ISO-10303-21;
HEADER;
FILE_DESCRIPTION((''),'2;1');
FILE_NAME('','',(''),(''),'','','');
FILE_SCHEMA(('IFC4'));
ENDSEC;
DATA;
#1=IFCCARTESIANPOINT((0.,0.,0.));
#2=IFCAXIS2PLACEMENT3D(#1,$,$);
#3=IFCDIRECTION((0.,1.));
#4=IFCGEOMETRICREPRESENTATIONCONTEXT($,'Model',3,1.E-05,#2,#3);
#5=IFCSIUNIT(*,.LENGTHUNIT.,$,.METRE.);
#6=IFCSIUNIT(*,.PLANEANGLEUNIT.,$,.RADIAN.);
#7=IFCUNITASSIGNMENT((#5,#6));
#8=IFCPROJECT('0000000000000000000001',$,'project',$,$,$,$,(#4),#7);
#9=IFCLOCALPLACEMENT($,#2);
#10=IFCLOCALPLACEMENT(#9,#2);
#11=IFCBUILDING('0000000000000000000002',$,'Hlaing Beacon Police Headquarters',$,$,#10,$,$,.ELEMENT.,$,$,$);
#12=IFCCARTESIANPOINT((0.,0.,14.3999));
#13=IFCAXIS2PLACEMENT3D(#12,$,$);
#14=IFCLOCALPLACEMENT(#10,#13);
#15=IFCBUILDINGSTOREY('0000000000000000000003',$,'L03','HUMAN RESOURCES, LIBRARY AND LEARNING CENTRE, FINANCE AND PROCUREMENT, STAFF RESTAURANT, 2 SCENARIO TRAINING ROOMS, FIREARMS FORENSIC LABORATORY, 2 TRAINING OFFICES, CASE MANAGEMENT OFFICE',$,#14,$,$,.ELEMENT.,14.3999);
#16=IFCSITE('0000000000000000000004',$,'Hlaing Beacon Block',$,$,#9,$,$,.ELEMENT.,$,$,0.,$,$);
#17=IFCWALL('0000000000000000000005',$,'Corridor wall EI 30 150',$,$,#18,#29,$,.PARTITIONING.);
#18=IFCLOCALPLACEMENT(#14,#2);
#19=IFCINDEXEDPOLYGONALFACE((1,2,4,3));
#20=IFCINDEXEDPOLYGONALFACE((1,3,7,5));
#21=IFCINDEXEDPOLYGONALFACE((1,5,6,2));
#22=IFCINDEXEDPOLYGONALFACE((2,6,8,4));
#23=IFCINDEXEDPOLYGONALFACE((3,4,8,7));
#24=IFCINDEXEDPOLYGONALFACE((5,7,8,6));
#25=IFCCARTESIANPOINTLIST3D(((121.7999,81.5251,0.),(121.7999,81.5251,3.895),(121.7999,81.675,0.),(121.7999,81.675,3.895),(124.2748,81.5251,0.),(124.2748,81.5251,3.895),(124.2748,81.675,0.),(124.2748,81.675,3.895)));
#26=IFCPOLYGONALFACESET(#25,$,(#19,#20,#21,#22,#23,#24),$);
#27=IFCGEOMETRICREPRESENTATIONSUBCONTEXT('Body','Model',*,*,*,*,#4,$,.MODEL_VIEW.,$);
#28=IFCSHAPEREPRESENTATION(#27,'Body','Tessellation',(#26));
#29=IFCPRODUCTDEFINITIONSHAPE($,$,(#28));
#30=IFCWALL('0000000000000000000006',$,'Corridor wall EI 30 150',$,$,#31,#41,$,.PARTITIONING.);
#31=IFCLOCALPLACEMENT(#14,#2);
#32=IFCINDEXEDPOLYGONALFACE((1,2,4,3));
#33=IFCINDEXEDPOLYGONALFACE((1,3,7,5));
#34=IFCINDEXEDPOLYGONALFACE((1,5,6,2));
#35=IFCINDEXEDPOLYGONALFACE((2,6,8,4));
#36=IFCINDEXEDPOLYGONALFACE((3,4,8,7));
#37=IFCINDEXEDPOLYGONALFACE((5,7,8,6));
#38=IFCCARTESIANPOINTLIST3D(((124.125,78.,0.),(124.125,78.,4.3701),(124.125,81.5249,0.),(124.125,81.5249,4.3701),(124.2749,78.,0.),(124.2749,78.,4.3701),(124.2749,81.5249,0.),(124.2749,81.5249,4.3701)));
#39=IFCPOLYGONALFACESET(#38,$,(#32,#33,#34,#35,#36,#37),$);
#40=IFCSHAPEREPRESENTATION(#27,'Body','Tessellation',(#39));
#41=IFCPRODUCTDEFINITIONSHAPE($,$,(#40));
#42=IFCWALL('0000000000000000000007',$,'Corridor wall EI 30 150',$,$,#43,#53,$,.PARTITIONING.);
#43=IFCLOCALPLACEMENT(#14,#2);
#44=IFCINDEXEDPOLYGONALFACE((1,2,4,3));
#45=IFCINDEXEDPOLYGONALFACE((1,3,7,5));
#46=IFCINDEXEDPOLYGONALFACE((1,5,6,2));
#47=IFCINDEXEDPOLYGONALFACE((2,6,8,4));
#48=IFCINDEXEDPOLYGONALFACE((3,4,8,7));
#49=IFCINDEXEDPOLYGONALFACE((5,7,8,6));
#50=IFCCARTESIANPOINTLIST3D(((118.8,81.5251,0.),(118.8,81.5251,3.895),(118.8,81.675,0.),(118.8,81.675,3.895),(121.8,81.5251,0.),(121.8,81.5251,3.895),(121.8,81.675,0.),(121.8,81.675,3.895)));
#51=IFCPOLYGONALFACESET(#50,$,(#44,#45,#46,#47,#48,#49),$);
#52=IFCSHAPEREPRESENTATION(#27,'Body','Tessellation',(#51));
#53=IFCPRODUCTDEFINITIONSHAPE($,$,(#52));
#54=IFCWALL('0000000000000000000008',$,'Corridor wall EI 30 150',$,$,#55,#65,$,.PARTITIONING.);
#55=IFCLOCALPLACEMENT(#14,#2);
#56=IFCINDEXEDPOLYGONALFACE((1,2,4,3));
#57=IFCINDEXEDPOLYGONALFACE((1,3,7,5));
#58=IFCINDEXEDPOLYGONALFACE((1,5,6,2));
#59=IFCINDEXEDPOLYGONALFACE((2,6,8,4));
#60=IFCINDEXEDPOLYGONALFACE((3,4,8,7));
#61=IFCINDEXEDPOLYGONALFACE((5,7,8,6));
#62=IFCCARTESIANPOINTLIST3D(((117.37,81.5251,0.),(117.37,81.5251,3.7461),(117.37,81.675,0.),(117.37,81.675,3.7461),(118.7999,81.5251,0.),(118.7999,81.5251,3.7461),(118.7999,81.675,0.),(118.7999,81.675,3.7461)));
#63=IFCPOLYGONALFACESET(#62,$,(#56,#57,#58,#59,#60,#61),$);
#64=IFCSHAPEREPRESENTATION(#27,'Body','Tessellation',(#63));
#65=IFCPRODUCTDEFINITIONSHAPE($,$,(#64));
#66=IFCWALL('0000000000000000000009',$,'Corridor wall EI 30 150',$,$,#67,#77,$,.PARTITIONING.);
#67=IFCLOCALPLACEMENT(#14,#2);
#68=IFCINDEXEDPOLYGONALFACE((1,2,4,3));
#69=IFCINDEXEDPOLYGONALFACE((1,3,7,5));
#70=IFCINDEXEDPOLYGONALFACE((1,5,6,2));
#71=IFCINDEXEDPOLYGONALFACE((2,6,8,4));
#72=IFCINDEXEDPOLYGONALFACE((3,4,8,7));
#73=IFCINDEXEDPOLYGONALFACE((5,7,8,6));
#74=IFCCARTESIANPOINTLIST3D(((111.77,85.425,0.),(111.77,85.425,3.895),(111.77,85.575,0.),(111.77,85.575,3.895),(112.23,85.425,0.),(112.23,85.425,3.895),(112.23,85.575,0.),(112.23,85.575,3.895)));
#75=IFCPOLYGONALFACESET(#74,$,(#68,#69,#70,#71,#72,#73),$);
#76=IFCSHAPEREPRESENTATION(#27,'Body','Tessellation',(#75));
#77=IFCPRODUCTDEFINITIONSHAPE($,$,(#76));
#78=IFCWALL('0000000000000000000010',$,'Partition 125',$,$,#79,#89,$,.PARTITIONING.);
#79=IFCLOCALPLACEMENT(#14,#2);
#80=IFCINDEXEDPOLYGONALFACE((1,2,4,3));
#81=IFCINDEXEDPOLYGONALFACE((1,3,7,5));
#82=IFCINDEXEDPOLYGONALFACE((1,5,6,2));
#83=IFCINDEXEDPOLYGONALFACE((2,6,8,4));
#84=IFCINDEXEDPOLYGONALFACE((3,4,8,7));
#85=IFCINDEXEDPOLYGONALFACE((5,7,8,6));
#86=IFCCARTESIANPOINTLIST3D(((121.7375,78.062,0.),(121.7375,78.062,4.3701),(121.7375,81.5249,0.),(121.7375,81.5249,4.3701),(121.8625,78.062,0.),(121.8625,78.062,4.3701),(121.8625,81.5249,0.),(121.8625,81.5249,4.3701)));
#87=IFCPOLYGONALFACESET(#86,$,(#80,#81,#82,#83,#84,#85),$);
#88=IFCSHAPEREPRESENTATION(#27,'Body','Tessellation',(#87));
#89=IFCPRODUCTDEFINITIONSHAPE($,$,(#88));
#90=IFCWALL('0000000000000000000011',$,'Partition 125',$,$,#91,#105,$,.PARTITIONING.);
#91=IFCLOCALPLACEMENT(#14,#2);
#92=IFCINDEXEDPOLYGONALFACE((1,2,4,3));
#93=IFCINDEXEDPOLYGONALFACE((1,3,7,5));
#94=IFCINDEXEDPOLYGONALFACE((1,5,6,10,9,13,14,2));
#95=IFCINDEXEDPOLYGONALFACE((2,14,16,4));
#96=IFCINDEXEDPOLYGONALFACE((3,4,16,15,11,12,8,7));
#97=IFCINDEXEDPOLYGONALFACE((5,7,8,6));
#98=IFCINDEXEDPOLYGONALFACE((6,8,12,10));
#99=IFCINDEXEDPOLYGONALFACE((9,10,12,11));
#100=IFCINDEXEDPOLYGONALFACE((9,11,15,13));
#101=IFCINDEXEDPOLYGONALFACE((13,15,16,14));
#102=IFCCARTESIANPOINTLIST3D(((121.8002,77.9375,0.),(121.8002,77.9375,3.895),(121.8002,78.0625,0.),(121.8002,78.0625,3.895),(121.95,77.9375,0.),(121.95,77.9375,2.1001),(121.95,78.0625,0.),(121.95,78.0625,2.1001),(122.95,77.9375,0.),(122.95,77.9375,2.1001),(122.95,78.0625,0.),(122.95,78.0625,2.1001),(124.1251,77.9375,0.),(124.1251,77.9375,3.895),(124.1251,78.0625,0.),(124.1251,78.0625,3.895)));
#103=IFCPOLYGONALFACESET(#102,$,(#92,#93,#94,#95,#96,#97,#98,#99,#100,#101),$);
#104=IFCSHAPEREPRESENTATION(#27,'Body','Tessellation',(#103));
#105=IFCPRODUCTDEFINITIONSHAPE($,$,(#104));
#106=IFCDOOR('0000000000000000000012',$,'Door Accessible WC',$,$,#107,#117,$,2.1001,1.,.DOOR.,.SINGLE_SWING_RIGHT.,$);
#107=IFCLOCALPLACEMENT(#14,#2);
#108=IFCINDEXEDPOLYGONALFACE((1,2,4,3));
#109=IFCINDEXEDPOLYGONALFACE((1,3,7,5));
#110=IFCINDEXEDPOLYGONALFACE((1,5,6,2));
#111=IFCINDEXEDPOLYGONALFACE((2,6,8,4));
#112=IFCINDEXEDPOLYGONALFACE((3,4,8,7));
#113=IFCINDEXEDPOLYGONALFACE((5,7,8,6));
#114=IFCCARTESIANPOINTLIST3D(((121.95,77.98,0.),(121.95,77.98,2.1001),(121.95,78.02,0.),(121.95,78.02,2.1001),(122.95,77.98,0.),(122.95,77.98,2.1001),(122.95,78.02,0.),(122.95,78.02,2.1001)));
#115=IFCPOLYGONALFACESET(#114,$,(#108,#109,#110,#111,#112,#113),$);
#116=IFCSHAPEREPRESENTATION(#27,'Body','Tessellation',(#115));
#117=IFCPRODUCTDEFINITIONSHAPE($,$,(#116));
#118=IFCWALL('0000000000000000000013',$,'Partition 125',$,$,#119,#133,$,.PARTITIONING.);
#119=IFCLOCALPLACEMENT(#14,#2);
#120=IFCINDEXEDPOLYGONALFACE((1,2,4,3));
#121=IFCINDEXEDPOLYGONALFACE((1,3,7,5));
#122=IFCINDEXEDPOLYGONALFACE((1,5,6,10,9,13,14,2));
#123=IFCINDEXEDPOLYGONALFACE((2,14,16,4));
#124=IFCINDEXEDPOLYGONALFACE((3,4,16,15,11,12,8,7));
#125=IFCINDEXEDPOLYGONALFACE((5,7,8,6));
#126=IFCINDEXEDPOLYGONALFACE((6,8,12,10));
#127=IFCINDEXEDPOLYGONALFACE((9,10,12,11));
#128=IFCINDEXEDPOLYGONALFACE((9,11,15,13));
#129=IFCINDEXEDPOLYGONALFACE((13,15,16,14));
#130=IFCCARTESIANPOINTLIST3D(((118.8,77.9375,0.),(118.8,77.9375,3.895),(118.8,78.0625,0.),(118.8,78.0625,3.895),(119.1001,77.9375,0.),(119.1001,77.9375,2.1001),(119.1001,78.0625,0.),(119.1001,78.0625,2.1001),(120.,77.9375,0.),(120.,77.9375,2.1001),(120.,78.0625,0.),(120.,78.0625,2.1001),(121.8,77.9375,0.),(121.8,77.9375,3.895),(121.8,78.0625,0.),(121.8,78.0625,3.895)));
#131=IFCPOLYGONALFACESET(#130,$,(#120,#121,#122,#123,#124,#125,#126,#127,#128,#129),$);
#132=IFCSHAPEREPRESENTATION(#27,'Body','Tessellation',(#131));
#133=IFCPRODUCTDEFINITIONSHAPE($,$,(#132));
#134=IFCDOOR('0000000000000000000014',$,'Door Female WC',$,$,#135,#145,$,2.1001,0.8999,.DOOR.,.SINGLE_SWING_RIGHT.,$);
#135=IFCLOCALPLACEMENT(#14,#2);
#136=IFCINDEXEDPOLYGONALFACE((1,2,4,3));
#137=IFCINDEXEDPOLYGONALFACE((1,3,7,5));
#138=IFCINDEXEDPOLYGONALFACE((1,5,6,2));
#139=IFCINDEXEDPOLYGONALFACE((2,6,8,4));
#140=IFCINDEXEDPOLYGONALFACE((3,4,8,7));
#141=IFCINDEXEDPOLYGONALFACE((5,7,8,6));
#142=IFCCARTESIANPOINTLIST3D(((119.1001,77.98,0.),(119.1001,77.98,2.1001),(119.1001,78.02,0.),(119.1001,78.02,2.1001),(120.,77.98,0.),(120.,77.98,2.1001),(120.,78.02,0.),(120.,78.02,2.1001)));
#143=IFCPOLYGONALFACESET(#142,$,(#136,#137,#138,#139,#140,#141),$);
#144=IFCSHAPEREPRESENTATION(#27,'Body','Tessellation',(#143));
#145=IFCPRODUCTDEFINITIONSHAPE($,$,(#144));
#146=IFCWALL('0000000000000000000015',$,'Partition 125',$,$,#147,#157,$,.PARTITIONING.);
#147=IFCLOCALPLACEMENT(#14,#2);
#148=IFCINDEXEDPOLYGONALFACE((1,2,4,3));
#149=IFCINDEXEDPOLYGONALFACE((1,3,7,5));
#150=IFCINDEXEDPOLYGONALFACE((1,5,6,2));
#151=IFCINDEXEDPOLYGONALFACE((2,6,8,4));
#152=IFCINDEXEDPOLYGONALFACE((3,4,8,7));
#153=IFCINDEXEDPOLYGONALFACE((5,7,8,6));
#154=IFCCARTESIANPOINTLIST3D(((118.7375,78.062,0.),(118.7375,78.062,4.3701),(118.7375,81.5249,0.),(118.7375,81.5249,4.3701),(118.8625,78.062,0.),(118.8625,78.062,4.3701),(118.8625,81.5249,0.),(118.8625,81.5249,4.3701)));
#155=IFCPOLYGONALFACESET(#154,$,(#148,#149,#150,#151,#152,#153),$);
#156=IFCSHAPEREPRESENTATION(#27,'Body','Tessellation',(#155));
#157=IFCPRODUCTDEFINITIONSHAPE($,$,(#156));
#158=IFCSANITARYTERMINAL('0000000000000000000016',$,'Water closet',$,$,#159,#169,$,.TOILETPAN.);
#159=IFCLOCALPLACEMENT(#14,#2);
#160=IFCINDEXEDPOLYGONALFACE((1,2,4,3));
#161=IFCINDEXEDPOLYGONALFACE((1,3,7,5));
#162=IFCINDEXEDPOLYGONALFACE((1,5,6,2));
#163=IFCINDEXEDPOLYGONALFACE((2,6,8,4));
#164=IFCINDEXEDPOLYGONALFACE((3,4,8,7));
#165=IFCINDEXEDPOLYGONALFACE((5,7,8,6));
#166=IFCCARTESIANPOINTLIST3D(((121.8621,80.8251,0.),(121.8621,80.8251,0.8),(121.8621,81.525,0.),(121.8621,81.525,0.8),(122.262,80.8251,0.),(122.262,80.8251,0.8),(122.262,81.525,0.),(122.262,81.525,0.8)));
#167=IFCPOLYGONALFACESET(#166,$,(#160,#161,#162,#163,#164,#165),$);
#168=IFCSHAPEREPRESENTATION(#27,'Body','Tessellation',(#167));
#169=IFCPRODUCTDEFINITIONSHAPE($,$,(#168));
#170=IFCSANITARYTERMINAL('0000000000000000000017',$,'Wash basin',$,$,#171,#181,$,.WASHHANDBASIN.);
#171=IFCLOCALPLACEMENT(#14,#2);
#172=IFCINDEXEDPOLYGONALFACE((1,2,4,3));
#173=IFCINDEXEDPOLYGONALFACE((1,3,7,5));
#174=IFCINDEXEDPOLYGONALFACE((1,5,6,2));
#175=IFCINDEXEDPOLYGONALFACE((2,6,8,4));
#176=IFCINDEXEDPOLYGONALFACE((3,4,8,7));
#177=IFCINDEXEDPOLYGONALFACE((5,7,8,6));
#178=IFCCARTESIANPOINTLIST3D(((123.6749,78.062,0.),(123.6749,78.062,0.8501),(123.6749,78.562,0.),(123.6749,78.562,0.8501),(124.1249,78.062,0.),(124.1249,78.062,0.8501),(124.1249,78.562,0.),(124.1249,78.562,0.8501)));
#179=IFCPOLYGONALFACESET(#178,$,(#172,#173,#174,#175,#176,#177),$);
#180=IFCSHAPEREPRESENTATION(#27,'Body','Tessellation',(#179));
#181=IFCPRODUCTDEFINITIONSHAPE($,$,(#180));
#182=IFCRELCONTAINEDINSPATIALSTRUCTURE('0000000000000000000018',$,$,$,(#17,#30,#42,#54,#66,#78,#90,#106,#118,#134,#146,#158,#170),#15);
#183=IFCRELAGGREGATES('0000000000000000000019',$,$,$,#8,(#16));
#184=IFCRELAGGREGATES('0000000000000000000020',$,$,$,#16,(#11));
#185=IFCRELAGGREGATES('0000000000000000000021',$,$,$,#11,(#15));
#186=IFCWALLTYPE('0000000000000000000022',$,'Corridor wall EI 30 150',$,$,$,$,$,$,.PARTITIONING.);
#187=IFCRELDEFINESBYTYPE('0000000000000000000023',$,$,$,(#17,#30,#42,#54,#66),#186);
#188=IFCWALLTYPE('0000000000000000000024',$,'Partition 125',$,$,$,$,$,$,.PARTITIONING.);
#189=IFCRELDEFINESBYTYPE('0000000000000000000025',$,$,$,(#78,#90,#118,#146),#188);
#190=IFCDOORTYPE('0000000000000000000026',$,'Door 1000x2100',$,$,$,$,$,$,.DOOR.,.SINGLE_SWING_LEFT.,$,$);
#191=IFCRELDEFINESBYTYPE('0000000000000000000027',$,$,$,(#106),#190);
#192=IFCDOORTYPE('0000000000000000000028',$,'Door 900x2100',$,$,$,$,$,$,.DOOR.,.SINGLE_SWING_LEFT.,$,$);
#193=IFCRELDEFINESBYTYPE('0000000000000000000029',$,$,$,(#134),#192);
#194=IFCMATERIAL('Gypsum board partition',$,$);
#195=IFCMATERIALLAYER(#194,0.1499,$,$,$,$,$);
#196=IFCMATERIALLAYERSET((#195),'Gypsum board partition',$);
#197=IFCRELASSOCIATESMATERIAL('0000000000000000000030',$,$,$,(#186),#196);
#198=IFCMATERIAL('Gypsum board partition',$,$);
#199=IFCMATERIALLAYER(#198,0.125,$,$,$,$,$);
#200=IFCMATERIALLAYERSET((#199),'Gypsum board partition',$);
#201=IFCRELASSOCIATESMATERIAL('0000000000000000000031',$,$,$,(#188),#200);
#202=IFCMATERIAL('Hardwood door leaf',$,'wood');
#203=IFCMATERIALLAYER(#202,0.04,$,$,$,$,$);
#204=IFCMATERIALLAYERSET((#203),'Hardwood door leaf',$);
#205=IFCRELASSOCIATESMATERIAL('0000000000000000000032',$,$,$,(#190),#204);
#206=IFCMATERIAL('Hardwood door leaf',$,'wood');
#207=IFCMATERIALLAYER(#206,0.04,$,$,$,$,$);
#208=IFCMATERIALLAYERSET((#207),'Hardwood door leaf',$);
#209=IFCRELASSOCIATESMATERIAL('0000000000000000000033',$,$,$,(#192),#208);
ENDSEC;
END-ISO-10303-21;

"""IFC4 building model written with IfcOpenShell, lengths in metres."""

from ifc_helpers import new_model, si_unit, direction, frame, frame_2d, origin, origin_2d, place, context, subcontext, project, spatial, rectangle, extrude, material, layer, layer_set, type_object, element, fill, save


model = new_model("IFC4")

# Units and contexts
model_context = context("Model", 3, precision=1e-05, world=origin(), true_north=direction((0.0, 1.0)))
body_context = subcontext(model_context, "Body", "Model", "MODEL_VIEW")
ifc_project = project(units=[si_unit("LENGTHUNIT", "METRE"), si_unit("PLANEANGLEUNIT", "RADIAN")], contexts=[model_context])

# Site, building, storey
site_placement = place(None, origin())
site = spatial("IfcSite", under=ifc_project, at=site_placement, Name="Hlaing Beacon Block", CompositionType="ELEMENT", RefElevation=0.0)
building_placement = place(site_placement, origin())
building = spatial("IfcBuilding", under=site, at=building_placement, Name="Hlaing Beacon Police Headquarters", CompositionType="ELEMENT")
storey_placement = place(building_placement, frame((0.0, 0.0, 14.3999)))
storey = spatial("IfcBuildingStorey", under=building, at=storey_placement, Name="L03", Description="HUMAN RESOURCES, LIBRARY AND LEARNING CENTRE, FINANCE AND PROCUREMENT, STAFF RESTAURANT, 2 SCENARIO TRAINING ROOMS, FIREARMS FORENSIC LABORATORY, 2 TRAINING OFFICES, CASE MANAGEMENT OFFICE", CompositionType="ELEMENT", Elevation=14.3999)

# Walls
ifc_material_1 = material(Name="Gypsum board partition")
ifc_layer_1 = layer(ifc_material_1, 0.1499)
ifc_layer_set_1 = layer_set([ifc_layer_1], Name="Gypsum board partition")
wall_type_1 = type_object("IfcWallType", Name="Corridor wall EI 30 150", PredefinedType="PARTITIONING", material=ifc_layer_set_1)
wall_1_placement = place(storey_placement, frame((121.8, 81.6001, 0.0), z_axis=(0.0, 0.0, 1.0), x_axis=(1.0, 0.0, 0.0)))
element("IfcWall", 1, at=wall_1_placement, inside=storey, type_object=wall_type_1, Name="Corridor wall EI 30 150", PredefinedType="PARTITIONING", context=body_context, shape_type="SweptSolid", body=[
    extrude(rectangle(XDim=2.4749, YDim=0.1499, at=frame_2d((1.2373, 0.0))), origin(), (0.0, 0.0, 1.0), 3.895),
])
wall_2_placement = place(storey_placement, frame((124.2, 78.0, 0.0), z_axis=(0.0, 0.0, 1.0), x_axis=(0.0, 1.0, 0.0)))
element("IfcWall", 2, at=wall_2_placement, inside=storey, type_object=wall_type_1, Name="Corridor wall EI 30 150", PredefinedType="PARTITIONING", context=body_context, shape_type="SweptSolid", body=[
    extrude(rectangle(XDim=3.5249, YDim=0.1499, at=frame_2d((1.7625, 0.0))), origin(), (0.0, 0.0, 1.0), 4.3701),
])
wall_3_placement = place(storey_placement, frame((118.8, 81.6001, 0.0), z_axis=(0.0, 0.0, 1.0), x_axis=(1.0, 0.0, 0.0)))
element("IfcWall", 3, at=wall_3_placement, inside=storey, type_object=wall_type_1, Name="Corridor wall EI 30 150", PredefinedType="PARTITIONING", context=body_context, shape_type="SweptSolid", body=[
    extrude(rectangle(XDim=3.0, YDim=0.1499, at=frame_2d((1.5, 0.0))), origin(), (0.0, 0.0, 1.0), 3.895),
])
wall_4_placement = place(storey_placement, frame((117.3701, 81.6001, 0.0), z_axis=(0.0, 0.0, 1.0), x_axis=(1.0, 0.0, 0.0)))
element("IfcWall", 4, at=wall_4_placement, inside=storey, type_object=wall_type_1, Name="Corridor wall EI 30 150", PredefinedType="PARTITIONING", context=body_context, shape_type="SweptSolid", body=[
    extrude(rectangle(XDim=1.4299, YDim=0.1499, at=frame_2d((0.7148, 0.0))), origin(), (0.0, 0.0, 1.0), 3.7461),
])
wall_5_placement = place(storey_placement, frame((111.77, 85.5, 0.0), z_axis=(0.0, 0.0, 1.0), x_axis=(1.0, 0.0, 0.0)))
element("IfcWall", 5, at=wall_5_placement, inside=storey, type_object=wall_type_1, Name="Corridor wall EI 30 150", PredefinedType="PARTITIONING", context=body_context, shape_type="SweptSolid", body=[
    extrude(rectangle(XDim=0.46, YDim=0.1499, at=frame_2d((0.23, 0.0))), origin(), (0.0, 0.0, 1.0), 3.895),
])
ifc_material_2 = material(Name="Gypsum board partition")
ifc_layer_2 = layer(ifc_material_2, 0.125)
ifc_layer_set_2 = layer_set([ifc_layer_2], Name="Gypsum board partition")
wall_type_2 = type_object("IfcWallType", Name="Partition 125", PredefinedType="PARTITIONING", material=ifc_layer_set_2)
wall_6_placement = place(storey_placement, frame((121.8, 78.062, 0.0), z_axis=(0.0, 0.0, 1.0), x_axis=(0.0, 1.0, 0.0)))
element("IfcWall", 6, at=wall_6_placement, inside=storey, type_object=wall_type_2, Name="Partition 125", PredefinedType="PARTITIONING", context=body_context, shape_type="SweptSolid", body=[
    extrude(rectangle(XDim=3.4629, YDim=0.125, at=frame_2d((1.7314, 0.0))), origin(), (0.0, 0.0, 1.0), 4.3701),
])

# Walls, openings, doors
wall_7_placement = place(storey_placement, frame((121.8, 78.0, 0.0), z_axis=(0.0, 0.0, 1.0), x_axis=(1.0, 0.0, 0.0)))
wall_7 = element("IfcWall", 7, at=wall_7_placement, inside=storey, type_object=wall_type_2, Name="Partition 125", PredefinedType="PARTITIONING", context=body_context, shape_type="SweptSolid", body=[
    extrude(rectangle(XDim=2.325, YDim=0.125, at=frame_2d((1.1626, 0.0))), origin(), (0.0, 0.0, 1.0), 3.895),
])
opening_1_placement = place(wall_7_placement, frame((0.1499, 0.0, 0.0)))
opening_1 = element("IfcOpeningElement", 8, at=opening_1_placement, cuts=wall_7, PredefinedType="OPENING", context=body_context, shape_type="SweptSolid", body=[
    extrude(rectangle(XDim=1.0, YDim=2.1001, at=frame_2d((0.5, 1.05))), frame((0.0, 0.0725, 0.0), z_axis=(0.0, -1.0, 0.0), x_axis=(1.0, 0.0, 0.0)), (0.0, 0.0, 1.0), 0.145),
])
ifc_material_3 = material(Name="Hardwood door leaf", Category="wood")
ifc_layer_3 = layer(ifc_material_3, 0.04)
ifc_layer_set_3 = layer_set([ifc_layer_3], Name="Hardwood door leaf")
door_type_1 = type_object("IfcDoorType", Name="Door 1000x2100", OperationType="SINGLE_SWING_LEFT", PredefinedType="DOOR", material=ifc_layer_set_3)
door_1_placement = place(opening_1_placement, origin())
door_1 = element("IfcDoor", 9, at=door_1_placement, inside=storey, type_object=door_type_1, Name="Door Accessible WC", OperationType="SINGLE_SWING_RIGHT", OverallHeight=2.1001, OverallWidth=1.0, PredefinedType="DOOR", context=body_context, shape_type="SweptSolid", body=[
    extrude(rectangle(XDim=1.0, YDim=2.1001, at=frame_2d((0.5, 1.05))), frame((0.0, 0.02, 0.0), z_axis=(0.0, -1.0, 0.0), x_axis=(1.0, 0.0, 0.0)), (0.0, 0.0, 1.0), 0.04),
])
fill(opening_1, door_1)
wall_8_placement = place(storey_placement, frame((118.8, 78.0, 0.0), z_axis=(0.0, 0.0, 1.0), x_axis=(1.0, 0.0, 0.0)))
wall_8 = element("IfcWall", 10, at=wall_8_placement, inside=storey, type_object=wall_type_2, Name="Partition 125", PredefinedType="PARTITIONING", context=body_context, shape_type="SweptSolid", body=[
    extrude(rectangle(XDim=3.0, YDim=0.125, at=frame_2d((1.5, 0.0))), origin(), (0.0, 0.0, 1.0), 3.895),
])
opening_2_placement = place(wall_8_placement, frame((0.3, 0.0, 0.0)))
opening_2 = element("IfcOpeningElement", 11, at=opening_2_placement, cuts=wall_8, PredefinedType="OPENING", context=body_context, shape_type="SweptSolid", body=[
    extrude(rectangle(XDim=0.8999, YDim=2.1001, at=frame_2d((0.45, 1.05))), frame((0.0, 0.0725, 0.0), z_axis=(0.0, -1.0, 0.0), x_axis=(1.0, 0.0, 0.0)), (0.0, 0.0, 1.0), 0.145),
])
ifc_material_4 = material(Name="Hardwood door leaf", Category="wood")
ifc_layer_4 = layer(ifc_material_4, 0.04)
ifc_layer_set_4 = layer_set([ifc_layer_4], Name="Hardwood door leaf")
door_type_2 = type_object("IfcDoorType", Name="Door 900x2100", OperationType="SINGLE_SWING_LEFT", PredefinedType="DOOR", material=ifc_layer_set_4)
door_2_placement = place(opening_2_placement, origin())
door_2 = element("IfcDoor", 12, at=door_2_placement, inside=storey, type_object=door_type_2, Name="Door Female WC", OperationType="SINGLE_SWING_RIGHT", OverallHeight=2.1001, OverallWidth=0.8999, PredefinedType="DOOR", context=body_context, shape_type="SweptSolid", body=[
    extrude(rectangle(XDim=0.8999, YDim=2.1001, at=frame_2d((0.45, 1.05))), frame((0.0, 0.02, 0.0), z_axis=(0.0, -1.0, 0.0), x_axis=(1.0, 0.0, 0.0)), (0.0, 0.0, 1.0), 0.04),
])
fill(opening_2, door_2)

# Wall
wall_9_placement = place(storey_placement, frame((118.8, 78.062, 0.0), z_axis=(0.0, 0.0, 1.0), x_axis=(0.0, 1.0, 0.0)))
element("IfcWall", 13, at=wall_9_placement, inside=storey, type_object=wall_type_2, Name="Partition 125", PredefinedType="PARTITIONING", context=body_context, shape_type="SweptSolid", body=[
    extrude(rectangle(XDim=3.4629, YDim=0.125, at=frame_2d((1.7314, 0.0))), origin(), (0.0, 0.0, 1.0), 4.3701),
])

# Sanitary terminals
sanitary_terminal_1_placement = place(storey_placement, frame((122.062, 81.175, 0.0), z_axis=(0.0, 0.0, 1.0), x_axis=(1.0, 0.0, 0.0)))
element("IfcSanitaryTerminal", 14, at=sanitary_terminal_1_placement, inside=storey, Name="Water closet", PredefinedType="TOILETPAN", context=body_context, shape_type="SweptSolid", body=[
    extrude(rectangle(XDim=0.3999, YDim=0.7, at=origin_2d()), origin(), (0.0, 0.0, 1.0), 0.8),
])
sanitary_terminal_2_placement = place(storey_placement, frame((123.8999, 78.312, 0.0), z_axis=(0.0, 0.0, 1.0), x_axis=(1.0, 0.0, 0.0)))
element("IfcSanitaryTerminal", 15, at=sanitary_terminal_2_placement, inside=storey, Name="Wash basin", PredefinedType="WASHHANDBASIN", context=body_context, shape_type="SweptSolid", body=[
    extrude(rectangle(XDim=0.45, YDim=0.5, at=origin_2d()), origin(), (0.0, 0.0, 1.0), 0.8501),
])

save(model, "model.ifc")
